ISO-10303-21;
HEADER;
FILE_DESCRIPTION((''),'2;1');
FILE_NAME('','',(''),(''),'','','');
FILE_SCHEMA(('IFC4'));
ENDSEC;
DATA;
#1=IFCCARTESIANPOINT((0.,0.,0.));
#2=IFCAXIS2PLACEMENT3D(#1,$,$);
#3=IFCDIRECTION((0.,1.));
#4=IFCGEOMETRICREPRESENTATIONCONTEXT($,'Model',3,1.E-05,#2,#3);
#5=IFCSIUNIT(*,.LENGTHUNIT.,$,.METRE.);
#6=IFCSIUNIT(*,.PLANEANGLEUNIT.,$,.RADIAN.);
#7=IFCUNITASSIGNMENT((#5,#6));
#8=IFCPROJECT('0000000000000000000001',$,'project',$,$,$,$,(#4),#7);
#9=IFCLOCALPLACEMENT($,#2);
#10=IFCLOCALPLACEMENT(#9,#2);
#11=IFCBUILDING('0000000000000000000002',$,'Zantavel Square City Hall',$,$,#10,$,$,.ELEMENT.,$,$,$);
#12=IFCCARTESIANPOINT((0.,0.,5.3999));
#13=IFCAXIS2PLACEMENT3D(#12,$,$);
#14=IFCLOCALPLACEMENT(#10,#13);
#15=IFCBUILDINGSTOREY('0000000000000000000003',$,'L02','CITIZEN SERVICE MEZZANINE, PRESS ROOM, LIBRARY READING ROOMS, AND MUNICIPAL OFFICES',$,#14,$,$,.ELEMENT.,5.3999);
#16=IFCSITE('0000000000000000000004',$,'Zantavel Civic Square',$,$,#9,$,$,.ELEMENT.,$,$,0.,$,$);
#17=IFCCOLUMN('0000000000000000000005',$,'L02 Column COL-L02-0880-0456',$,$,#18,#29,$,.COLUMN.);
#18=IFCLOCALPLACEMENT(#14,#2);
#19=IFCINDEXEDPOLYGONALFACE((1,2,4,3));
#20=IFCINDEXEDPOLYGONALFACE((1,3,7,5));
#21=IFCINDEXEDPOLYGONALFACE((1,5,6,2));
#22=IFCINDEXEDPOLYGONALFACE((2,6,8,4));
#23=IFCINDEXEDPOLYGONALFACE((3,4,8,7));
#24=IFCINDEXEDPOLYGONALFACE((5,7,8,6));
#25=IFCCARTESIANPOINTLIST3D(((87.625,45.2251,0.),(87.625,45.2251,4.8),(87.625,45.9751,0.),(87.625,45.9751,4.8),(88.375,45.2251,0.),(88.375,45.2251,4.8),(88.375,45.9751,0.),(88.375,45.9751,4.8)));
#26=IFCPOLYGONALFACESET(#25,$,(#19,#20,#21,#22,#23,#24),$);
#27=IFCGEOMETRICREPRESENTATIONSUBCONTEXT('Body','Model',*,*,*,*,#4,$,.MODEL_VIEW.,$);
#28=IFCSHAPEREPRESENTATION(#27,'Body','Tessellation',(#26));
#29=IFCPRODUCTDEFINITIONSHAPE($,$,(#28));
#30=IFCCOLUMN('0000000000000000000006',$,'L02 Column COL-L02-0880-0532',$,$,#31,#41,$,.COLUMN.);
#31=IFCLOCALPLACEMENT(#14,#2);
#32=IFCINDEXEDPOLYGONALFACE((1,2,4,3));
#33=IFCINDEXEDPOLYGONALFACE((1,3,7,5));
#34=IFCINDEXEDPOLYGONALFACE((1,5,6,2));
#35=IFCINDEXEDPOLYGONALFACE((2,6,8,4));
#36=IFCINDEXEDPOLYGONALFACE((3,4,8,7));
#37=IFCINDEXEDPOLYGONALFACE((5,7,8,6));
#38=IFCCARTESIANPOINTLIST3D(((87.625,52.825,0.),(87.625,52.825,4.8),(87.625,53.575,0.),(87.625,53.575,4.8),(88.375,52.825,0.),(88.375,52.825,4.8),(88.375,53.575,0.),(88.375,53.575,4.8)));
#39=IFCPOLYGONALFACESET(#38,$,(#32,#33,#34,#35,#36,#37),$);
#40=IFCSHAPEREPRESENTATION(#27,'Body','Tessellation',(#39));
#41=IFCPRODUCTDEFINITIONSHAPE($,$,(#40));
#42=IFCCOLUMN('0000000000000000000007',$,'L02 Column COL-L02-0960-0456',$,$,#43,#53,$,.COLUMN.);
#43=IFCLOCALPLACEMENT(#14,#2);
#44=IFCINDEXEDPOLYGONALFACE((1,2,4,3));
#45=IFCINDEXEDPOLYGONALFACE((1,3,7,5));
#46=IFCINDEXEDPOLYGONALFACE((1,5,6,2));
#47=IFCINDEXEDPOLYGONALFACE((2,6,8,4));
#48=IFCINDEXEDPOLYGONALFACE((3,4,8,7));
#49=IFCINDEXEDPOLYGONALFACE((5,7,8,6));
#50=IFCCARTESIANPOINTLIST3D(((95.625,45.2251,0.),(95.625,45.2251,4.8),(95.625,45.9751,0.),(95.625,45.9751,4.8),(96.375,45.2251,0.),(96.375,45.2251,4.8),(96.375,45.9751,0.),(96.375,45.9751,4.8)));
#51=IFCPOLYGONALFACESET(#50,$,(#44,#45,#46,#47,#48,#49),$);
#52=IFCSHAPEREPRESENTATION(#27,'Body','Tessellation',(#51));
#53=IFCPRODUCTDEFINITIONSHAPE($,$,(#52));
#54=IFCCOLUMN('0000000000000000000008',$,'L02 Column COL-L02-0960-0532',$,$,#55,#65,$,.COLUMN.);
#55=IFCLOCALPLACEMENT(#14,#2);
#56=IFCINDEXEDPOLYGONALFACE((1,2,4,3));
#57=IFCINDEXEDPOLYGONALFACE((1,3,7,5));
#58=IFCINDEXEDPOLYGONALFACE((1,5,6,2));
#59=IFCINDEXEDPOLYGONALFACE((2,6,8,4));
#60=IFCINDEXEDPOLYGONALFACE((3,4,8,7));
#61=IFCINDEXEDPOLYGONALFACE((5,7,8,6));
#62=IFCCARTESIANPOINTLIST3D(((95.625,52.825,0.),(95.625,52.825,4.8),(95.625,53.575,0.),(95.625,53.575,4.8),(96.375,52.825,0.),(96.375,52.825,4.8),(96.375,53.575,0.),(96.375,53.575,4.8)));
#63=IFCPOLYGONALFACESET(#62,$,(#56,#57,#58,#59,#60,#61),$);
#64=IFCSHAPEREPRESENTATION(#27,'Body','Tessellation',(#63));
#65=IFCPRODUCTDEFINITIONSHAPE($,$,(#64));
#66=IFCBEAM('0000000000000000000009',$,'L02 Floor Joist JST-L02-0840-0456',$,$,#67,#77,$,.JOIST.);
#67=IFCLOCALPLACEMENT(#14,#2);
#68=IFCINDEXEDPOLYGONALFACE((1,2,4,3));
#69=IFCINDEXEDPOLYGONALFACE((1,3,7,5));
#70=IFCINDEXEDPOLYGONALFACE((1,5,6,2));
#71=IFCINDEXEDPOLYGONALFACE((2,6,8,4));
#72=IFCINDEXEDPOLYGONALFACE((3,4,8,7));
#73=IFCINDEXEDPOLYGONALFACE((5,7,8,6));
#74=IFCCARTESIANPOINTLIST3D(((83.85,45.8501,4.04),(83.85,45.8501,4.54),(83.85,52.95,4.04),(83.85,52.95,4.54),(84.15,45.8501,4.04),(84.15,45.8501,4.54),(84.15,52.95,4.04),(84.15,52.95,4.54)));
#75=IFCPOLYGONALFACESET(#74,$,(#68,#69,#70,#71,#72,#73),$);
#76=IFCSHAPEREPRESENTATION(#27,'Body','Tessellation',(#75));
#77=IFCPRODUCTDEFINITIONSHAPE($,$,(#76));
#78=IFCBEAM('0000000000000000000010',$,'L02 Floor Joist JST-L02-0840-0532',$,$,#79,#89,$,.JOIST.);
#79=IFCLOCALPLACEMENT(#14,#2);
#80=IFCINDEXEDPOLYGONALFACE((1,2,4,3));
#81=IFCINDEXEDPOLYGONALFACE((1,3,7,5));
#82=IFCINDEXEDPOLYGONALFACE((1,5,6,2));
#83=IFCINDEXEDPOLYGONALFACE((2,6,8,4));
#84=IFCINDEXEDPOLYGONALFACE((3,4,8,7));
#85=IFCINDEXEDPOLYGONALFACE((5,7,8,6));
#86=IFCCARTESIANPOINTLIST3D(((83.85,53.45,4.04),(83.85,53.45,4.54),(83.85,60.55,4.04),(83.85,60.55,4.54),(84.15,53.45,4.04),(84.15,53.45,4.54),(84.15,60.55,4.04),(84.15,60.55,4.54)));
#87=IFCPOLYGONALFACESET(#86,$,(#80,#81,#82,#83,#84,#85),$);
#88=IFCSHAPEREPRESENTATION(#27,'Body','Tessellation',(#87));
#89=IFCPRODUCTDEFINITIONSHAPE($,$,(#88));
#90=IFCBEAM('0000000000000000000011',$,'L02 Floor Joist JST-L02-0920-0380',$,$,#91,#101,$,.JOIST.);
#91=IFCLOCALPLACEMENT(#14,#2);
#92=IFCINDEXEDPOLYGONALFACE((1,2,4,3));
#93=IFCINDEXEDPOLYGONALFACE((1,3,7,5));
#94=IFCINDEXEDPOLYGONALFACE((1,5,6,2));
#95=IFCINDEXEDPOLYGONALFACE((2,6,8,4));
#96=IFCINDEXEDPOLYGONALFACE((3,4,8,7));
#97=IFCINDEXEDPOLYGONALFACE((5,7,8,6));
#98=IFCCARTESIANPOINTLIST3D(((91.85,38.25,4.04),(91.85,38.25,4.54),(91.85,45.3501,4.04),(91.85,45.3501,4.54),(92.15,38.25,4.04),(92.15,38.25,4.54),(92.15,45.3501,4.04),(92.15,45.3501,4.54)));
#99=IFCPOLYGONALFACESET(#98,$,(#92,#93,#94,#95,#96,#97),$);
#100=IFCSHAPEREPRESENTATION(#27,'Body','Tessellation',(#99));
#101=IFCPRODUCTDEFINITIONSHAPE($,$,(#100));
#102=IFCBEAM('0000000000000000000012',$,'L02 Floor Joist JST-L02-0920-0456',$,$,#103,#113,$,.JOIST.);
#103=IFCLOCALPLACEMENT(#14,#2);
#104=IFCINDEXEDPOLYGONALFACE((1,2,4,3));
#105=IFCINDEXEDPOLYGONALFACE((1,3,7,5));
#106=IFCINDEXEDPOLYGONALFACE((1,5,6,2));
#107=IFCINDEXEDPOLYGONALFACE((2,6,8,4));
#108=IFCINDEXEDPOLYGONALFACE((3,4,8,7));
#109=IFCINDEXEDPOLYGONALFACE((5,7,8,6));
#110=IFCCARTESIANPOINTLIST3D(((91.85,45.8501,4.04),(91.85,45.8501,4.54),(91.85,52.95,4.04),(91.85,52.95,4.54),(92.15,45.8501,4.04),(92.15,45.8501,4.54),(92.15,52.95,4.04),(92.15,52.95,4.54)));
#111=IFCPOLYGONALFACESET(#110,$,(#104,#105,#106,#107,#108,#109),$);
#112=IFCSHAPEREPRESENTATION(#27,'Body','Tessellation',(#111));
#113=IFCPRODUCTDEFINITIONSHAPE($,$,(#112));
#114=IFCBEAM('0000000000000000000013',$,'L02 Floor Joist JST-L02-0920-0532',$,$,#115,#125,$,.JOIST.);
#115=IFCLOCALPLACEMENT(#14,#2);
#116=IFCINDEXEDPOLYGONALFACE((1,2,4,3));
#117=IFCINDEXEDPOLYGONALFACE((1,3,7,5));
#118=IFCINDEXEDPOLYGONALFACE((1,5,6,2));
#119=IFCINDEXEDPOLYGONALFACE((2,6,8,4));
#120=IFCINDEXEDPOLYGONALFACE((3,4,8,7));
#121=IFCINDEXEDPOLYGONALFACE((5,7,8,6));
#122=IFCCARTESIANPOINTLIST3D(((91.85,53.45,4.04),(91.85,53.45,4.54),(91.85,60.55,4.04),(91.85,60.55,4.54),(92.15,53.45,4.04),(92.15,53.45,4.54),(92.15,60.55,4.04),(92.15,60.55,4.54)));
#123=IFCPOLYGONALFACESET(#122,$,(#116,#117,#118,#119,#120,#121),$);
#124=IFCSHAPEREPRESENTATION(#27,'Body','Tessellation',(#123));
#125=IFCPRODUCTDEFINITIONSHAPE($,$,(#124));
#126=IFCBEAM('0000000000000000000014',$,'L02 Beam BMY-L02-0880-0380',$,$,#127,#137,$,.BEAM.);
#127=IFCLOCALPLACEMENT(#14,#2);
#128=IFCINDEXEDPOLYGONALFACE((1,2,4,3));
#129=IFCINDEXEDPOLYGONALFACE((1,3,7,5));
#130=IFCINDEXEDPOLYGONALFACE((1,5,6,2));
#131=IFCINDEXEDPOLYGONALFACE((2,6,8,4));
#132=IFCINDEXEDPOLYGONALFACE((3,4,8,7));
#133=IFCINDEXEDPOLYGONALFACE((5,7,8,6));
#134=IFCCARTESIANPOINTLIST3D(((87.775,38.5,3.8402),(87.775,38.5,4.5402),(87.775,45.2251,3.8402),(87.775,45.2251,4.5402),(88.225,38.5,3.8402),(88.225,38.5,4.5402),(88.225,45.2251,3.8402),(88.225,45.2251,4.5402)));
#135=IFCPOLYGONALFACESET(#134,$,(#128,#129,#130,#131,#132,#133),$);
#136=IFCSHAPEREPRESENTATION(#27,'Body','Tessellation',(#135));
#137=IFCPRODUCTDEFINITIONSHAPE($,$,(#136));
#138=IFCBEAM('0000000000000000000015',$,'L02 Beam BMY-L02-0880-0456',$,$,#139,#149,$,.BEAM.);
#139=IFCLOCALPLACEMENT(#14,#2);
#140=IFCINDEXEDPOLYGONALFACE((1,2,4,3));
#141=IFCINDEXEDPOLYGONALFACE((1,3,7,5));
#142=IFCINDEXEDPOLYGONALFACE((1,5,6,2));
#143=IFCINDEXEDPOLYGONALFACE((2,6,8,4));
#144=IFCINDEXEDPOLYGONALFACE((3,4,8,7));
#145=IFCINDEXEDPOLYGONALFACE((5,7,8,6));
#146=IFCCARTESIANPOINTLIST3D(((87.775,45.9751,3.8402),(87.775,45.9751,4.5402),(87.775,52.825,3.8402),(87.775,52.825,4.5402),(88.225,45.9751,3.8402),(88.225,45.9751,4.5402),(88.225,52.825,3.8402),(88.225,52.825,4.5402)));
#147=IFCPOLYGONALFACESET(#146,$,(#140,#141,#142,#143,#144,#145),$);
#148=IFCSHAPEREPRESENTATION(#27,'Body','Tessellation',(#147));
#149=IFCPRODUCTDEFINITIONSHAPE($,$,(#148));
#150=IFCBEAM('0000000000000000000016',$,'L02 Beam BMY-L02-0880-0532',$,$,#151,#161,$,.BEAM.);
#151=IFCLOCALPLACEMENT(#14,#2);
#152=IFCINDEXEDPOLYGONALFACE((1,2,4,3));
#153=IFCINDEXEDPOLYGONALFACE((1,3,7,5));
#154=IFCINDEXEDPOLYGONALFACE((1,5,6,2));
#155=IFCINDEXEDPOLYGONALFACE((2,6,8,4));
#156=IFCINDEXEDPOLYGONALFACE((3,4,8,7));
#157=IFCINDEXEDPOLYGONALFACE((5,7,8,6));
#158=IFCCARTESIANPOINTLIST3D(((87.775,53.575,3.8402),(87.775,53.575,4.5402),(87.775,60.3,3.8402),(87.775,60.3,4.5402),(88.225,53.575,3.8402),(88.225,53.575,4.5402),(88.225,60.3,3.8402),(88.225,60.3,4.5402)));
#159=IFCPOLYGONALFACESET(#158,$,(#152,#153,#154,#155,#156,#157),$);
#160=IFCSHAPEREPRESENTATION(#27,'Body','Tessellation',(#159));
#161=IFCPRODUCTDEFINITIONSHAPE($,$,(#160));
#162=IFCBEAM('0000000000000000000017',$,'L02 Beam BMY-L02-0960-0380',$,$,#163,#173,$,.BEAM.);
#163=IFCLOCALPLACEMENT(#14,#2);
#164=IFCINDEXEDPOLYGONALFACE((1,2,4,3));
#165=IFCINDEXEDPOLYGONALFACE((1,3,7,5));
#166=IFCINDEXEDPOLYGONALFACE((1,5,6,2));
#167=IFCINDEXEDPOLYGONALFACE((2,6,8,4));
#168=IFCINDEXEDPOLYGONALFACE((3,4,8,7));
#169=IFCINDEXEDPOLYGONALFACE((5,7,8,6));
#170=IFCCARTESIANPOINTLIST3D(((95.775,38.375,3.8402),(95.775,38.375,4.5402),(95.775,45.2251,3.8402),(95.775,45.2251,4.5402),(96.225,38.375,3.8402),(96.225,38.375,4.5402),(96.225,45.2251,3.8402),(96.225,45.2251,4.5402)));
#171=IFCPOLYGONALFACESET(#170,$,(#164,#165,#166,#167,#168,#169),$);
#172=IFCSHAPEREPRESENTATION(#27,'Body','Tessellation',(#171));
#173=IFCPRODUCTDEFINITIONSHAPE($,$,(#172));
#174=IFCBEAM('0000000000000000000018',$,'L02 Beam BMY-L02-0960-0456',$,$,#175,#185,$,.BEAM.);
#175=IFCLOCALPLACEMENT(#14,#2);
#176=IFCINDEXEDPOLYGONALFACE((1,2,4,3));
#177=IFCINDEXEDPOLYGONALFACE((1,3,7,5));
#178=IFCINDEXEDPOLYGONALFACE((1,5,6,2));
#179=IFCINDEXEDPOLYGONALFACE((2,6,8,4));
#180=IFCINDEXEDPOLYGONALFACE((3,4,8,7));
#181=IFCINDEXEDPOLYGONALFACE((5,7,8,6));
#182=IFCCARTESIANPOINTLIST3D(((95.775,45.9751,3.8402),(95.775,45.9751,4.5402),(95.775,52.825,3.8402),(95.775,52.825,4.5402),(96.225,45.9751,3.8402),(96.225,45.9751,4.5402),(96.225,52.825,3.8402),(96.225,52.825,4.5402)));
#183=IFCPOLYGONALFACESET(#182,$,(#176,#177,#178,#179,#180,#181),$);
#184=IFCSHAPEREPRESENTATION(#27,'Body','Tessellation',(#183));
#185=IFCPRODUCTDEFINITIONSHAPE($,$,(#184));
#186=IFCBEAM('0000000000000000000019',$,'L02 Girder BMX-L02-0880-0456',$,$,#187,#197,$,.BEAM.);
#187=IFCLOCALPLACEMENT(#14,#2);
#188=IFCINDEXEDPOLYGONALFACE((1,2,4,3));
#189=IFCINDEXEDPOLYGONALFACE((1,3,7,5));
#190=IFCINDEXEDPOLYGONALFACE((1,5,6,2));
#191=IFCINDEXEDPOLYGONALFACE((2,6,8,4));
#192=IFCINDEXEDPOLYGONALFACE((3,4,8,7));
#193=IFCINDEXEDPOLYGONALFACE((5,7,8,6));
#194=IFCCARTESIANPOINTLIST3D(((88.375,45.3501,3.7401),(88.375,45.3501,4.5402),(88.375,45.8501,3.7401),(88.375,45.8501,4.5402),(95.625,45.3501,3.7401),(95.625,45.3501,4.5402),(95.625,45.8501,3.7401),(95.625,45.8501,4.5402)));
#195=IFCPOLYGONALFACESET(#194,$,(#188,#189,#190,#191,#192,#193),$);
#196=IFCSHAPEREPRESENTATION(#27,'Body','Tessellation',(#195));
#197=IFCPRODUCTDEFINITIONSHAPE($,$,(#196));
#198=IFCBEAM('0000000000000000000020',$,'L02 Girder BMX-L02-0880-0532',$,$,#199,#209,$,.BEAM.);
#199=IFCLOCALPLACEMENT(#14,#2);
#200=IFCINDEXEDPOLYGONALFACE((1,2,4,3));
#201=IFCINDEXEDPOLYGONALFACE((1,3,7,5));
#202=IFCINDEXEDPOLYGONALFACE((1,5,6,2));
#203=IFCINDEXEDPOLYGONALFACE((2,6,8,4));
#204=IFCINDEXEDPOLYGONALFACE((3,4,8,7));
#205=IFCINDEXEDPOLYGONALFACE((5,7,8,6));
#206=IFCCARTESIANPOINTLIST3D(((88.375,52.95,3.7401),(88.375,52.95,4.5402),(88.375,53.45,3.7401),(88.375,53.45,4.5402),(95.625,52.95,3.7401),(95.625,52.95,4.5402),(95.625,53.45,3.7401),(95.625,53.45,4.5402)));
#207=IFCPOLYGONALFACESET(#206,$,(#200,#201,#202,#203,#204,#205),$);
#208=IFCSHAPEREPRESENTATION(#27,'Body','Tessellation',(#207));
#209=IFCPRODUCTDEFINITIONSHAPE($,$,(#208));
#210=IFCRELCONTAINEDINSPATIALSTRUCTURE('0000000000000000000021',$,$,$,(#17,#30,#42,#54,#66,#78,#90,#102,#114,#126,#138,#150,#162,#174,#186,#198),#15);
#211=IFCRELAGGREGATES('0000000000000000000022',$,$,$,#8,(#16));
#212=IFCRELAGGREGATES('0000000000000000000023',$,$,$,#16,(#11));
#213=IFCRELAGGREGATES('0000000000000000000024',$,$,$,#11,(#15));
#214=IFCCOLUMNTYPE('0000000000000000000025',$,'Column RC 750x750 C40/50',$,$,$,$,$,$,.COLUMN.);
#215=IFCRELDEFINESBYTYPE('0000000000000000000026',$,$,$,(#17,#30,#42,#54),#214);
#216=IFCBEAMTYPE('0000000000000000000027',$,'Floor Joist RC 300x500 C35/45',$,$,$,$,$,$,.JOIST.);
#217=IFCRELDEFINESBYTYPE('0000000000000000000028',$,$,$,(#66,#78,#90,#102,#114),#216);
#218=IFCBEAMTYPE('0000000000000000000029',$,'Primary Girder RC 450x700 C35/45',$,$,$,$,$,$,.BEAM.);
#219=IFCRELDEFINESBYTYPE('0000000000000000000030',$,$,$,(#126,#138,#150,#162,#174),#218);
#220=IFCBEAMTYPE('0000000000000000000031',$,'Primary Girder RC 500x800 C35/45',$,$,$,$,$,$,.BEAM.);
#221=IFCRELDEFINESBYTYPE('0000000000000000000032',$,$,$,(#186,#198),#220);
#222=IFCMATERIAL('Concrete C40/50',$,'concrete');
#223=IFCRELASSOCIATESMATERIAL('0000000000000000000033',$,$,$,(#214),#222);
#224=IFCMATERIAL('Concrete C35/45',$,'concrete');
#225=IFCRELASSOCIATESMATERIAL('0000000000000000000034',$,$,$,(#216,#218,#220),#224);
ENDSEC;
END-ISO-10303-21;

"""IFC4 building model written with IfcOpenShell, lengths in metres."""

from ifc_helpers import new_model, si_unit, direction, frame, origin, origin_2d, place, context, subcontext, project, spatial, rectangle, extrude, material, material_profile, profile_set, type_object, element, save


model = new_model("IFC4")

# Units and contexts
model_context = context("Model", 3, precision=1e-05, world=origin(), true_north=direction((0.0, 1.0)))
body_context = subcontext(model_context, "Body", "Model", "MODEL_VIEW")
ifc_project = project(units=[si_unit("LENGTHUNIT", "METRE"), si_unit("PLANEANGLEUNIT", "RADIAN")], contexts=[model_context])

# Site, building, storey
site_placement = place(None, origin())
site = spatial("IfcSite", under=ifc_project, at=site_placement, Name="Zantavel Civic Square", CompositionType="ELEMENT", RefElevation=0.0)
building_placement = place(site_placement, origin())
building = spatial("IfcBuilding", under=site, at=building_placement, Name="Zantavel Square City Hall", CompositionType="ELEMENT")
storey_placement = place(building_placement, frame((0.0, 0.0, 5.3999)))
storey = spatial("IfcBuildingStorey", under=building, at=storey_placement, Name="L02", Description="CITIZEN SERVICE MEZZANINE, PRESS ROOM, LIBRARY READING ROOMS, AND MUNICIPAL OFFICES", CompositionType="ELEMENT", Elevation=5.3999)

# Columns
ifc_material_1 = material(Name="Concrete C40/50", Category="concrete")
ifc_material_profile_1 = material_profile(ifc_material_1, rectangle(XDim=0.75, YDim=0.75, at=origin_2d()), Name="RC 750x750")
ifc_profile_set_1 = profile_set([ifc_material_profile_1], Name="Concrete C40/50")
column_type = type_object("IfcColumnType", Name="Column RC 750x750 C40/50", PredefinedType="COLUMN", material=ifc_profile_set_1)
for number, where, z_axis, x_axis, name in (
    (1, (88.0, 45.6001, 0.0), (0.0, 0.0, 1.0), (1.0, 0.0, 0.0), "L02 Column COL-L02-0880-0456"),
    (2, (88.0, 53.2, 0.0), (0.0, 0.0, 1.0), (1.0, 0.0, 0.0), "L02 Column COL-L02-0880-0532"),
    (3, (96.0, 45.6001, 0.0), (0.0, 0.0, 1.0), (1.0, 0.0, 0.0), "L02 Column COL-L02-0960-0456"),
    (4, (96.0, 53.2, 0.0), (0.0, 0.0, 1.0), (1.0, 0.0, 0.0), "L02 Column COL-L02-0960-0532"),
):
    element("IfcColumn", number, at=place(storey_placement, frame(where, z_axis=z_axis, x_axis=x_axis)), inside=storey, type_object=column_type, Name=name, PredefinedType="COLUMN", context=body_context, shape_type="SweptSolid", body=[
        extrude(rectangle(XDim=0.75, YDim=0.75, at=origin_2d()), origin(), (0.0, 0.0, 1.0), 4.8),
    ])

# Beams
ifc_material_2 = material(Name="Concrete C35/45", Category="concrete")
ifc_material_profile_2 = material_profile(ifc_material_2, rectangle(XDim=0.3, YDim=0.5, at=origin_2d()), Name="RC 300x500")
ifc_profile_set_2 = profile_set([ifc_material_profile_2], Name="Concrete C35/45")
beam_type_1 = type_object("IfcBeamType", Name="Floor Joist RC 300x500 C35/45", PredefinedType="JOIST", material=ifc_profile_set_2)
beam_1_placement = place(storey_placement, frame((84.0, 45.8501, 4.29), z_axis=(0.0, 1.0, 0.0), x_axis=(-1.0, 0.0, 0.0)))
element("IfcBeam", 5, at=beam_1_placement, inside=storey, type_object=beam_type_1, Name="L02 Floor Joist JST-L02-0840-0456", PredefinedType="JOIST", context=body_context, shape_type="SweptSolid", body=[
    extrude(rectangle(XDim=0.3, YDim=0.5, at=origin_2d()), origin(), (0.0, 0.0, 1.0), 7.0999),
])
for number, where, z_axis, x_axis, name in (
    (6, (84.0, 53.45, 4.29), (0.0, 1.0, 0.0), (-1.0, 0.0, 0.0), "L02 Floor Joist JST-L02-0840-0532"),
    (7, (92.0, 38.25, 4.29), (0.0, 1.0, 0.0), (-1.0, 0.0, 0.0), "L02 Floor Joist JST-L02-0920-0380"),
):
    element("IfcBeam", number, at=place(storey_placement, frame(where, z_axis=z_axis, x_axis=x_axis)), inside=storey, type_object=beam_type_1, Name=name, PredefinedType="JOIST", context=body_context, shape_type="SweptSolid", body=[
        extrude(rectangle(XDim=0.3, YDim=0.5, at=origin_2d()), origin(), (0.0, 0.0, 1.0), 7.1001),
    ])
beam_2_placement = place(storey_placement, frame((92.0, 45.8501, 4.29), z_axis=(0.0, 1.0, 0.0), x_axis=(-1.0, 0.0, 0.0)))
element("IfcBeam", 8, at=beam_2_placement, inside=storey, type_object=beam_type_1, Name="L02 Floor Joist JST-L02-0920-0456", PredefinedType="JOIST", context=body_context, shape_type="SweptSolid", body=[
    extrude(rectangle(XDim=0.3, YDim=0.5, at=origin_2d()), origin(), (0.0, 0.0, 1.0), 7.0999),
])
beam_3_placement = place(storey_placement, frame((92.0, 53.45, 4.29), z_axis=(0.0, 1.0, 0.0), x_axis=(-1.0, 0.0, 0.0)))
element("IfcBeam", 9, at=beam_3_placement, inside=storey, type_object=beam_type_1, Name="L02 Floor Joist JST-L02-0920-0532", PredefinedType="JOIST", context=body_context, shape_type="SweptSolid", body=[
    extrude(rectangle(XDim=0.3, YDim=0.5, at=origin_2d()), origin(), (0.0, 0.0, 1.0), 7.1001),
])
ifc_material_profile_3 = material_profile(ifc_material_2, rectangle(XDim=0.45, YDim=0.7, at=origin_2d()), Name="RC 450x700")
ifc_profile_set_3 = profile_set([ifc_material_profile_3], Name="Concrete C35/45")
beam_type_2 = type_object("IfcBeamType", Name="Primary Girder RC 450x700 C35/45", PredefinedType="BEAM", material=ifc_profile_set_3)
beam_4_placement = place(storey_placement, frame((88.0, 38.5, 4.1902), z_axis=(0.0, 1.0, 0.0), x_axis=(-1.0, 0.0, 0.0)))
element("IfcBeam", 10, at=beam_4_placement, inside=storey, type_object=beam_type_2, Name="L02 Beam BMY-L02-0880-0380", PredefinedType="BEAM", context=body_context, shape_type="SweptSolid", body=[
    extrude(rectangle(XDim=0.45, YDim=0.7, at=origin_2d()), origin(), (0.0, 0.0, 1.0), 6.7251),
])
beam_5_placement = place(storey_placement, frame((88.0, 45.9751, 4.1902), z_axis=(0.0, 1.0, 0.0), x_axis=(-1.0, 0.0, 0.0)))
element("IfcBeam", 11, at=beam_5_placement, inside=storey, type_object=beam_type_2, Name="L02 Beam BMY-L02-0880-0456", PredefinedType="BEAM", context=body_context, shape_type="SweptSolid", body=[
    extrude(rectangle(XDim=0.45, YDim=0.7, at=origin_2d()), origin(), (0.0, 0.0, 1.0), 6.8499),
])
beam_6_placement = place(storey_placement, frame((88.0, 53.575, 4.1902), z_axis=(0.0, 1.0, 0.0), x_axis=(-1.0, 0.0, 0.0)))
element("IfcBeam", 12, at=beam_6_placement, inside=storey, type_object=beam_type_2, Name="L02 Beam BMY-L02-0880-0532", PredefinedType="BEAM", context=body_context, shape_type="SweptSolid", body=[
    extrude(rectangle(XDim=0.45, YDim=0.7, at=origin_2d()), origin(), (0.0, 0.0, 1.0), 6.7251),
])
beam_7_placement = place(storey_placement, frame((96.0, 38.375, 4.1902), z_axis=(0.0, 1.0, 0.0), x_axis=(-1.0, 0.0, 0.0)))
element("IfcBeam", 13, at=beam_7_placement, inside=storey, type_object=beam_type_2, Name="L02 Beam BMY-L02-0960-0380", PredefinedType="BEAM", context=body_context, shape_type="SweptSolid", body=[
    extrude(rectangle(XDim=0.45, YDim=0.7, at=origin_2d()), origin(), (0.0, 0.0, 1.0), 6.8501),
])
beam_8_placement = place(storey_placement, frame((96.0, 45.9751, 4.1902), z_axis=(0.0, 1.0, 0.0), x_axis=(-1.0, 0.0, 0.0)))
element("IfcBeam", 14, at=beam_8_placement, inside=storey, type_object=beam_type_2, Name="L02 Beam BMY-L02-0960-0456", PredefinedType="BEAM", context=body_context, shape_type="SweptSolid", body=[
    extrude(rectangle(XDim=0.45, YDim=0.7, at=origin_2d()), origin(), (0.0, 0.0, 1.0), 6.8499),
])
ifc_material_profile_4 = material_profile(ifc_material_2, rectangle(XDim=0.5, YDim=0.8, at=origin_2d()), Name="RC 500x800")
ifc_profile_set_4 = profile_set([ifc_material_profile_4], Name="Concrete C35/45")
beam_type_3 = type_object("IfcBeamType", Name="Primary Girder RC 500x800 C35/45", PredefinedType="BEAM", material=ifc_profile_set_4)
for number, where, z_axis, x_axis, name in (
    (15, (88.375, 45.6001, 4.1401), (1.0, 0.0, 0.0), (0.0, 1.0, 0.0), "L02 Girder BMX-L02-0880-0456"),
    (16, (88.375, 53.2, 4.1401), (1.0, 0.0, 0.0), (0.0, 1.0, 0.0), "L02 Girder BMX-L02-0880-0532"),
):
    element("IfcBeam", number, at=place(storey_placement, frame(where, z_axis=z_axis, x_axis=x_axis)), inside=storey, type_object=beam_type_3, Name=name, PredefinedType="BEAM", context=body_context, shape_type="SweptSolid", body=[
        extrude(rectangle(XDim=0.5, YDim=0.8, at=origin_2d()), origin(), (0.0, 0.0, 1.0), 7.25),
    ])

save(model, "model.ifc")
